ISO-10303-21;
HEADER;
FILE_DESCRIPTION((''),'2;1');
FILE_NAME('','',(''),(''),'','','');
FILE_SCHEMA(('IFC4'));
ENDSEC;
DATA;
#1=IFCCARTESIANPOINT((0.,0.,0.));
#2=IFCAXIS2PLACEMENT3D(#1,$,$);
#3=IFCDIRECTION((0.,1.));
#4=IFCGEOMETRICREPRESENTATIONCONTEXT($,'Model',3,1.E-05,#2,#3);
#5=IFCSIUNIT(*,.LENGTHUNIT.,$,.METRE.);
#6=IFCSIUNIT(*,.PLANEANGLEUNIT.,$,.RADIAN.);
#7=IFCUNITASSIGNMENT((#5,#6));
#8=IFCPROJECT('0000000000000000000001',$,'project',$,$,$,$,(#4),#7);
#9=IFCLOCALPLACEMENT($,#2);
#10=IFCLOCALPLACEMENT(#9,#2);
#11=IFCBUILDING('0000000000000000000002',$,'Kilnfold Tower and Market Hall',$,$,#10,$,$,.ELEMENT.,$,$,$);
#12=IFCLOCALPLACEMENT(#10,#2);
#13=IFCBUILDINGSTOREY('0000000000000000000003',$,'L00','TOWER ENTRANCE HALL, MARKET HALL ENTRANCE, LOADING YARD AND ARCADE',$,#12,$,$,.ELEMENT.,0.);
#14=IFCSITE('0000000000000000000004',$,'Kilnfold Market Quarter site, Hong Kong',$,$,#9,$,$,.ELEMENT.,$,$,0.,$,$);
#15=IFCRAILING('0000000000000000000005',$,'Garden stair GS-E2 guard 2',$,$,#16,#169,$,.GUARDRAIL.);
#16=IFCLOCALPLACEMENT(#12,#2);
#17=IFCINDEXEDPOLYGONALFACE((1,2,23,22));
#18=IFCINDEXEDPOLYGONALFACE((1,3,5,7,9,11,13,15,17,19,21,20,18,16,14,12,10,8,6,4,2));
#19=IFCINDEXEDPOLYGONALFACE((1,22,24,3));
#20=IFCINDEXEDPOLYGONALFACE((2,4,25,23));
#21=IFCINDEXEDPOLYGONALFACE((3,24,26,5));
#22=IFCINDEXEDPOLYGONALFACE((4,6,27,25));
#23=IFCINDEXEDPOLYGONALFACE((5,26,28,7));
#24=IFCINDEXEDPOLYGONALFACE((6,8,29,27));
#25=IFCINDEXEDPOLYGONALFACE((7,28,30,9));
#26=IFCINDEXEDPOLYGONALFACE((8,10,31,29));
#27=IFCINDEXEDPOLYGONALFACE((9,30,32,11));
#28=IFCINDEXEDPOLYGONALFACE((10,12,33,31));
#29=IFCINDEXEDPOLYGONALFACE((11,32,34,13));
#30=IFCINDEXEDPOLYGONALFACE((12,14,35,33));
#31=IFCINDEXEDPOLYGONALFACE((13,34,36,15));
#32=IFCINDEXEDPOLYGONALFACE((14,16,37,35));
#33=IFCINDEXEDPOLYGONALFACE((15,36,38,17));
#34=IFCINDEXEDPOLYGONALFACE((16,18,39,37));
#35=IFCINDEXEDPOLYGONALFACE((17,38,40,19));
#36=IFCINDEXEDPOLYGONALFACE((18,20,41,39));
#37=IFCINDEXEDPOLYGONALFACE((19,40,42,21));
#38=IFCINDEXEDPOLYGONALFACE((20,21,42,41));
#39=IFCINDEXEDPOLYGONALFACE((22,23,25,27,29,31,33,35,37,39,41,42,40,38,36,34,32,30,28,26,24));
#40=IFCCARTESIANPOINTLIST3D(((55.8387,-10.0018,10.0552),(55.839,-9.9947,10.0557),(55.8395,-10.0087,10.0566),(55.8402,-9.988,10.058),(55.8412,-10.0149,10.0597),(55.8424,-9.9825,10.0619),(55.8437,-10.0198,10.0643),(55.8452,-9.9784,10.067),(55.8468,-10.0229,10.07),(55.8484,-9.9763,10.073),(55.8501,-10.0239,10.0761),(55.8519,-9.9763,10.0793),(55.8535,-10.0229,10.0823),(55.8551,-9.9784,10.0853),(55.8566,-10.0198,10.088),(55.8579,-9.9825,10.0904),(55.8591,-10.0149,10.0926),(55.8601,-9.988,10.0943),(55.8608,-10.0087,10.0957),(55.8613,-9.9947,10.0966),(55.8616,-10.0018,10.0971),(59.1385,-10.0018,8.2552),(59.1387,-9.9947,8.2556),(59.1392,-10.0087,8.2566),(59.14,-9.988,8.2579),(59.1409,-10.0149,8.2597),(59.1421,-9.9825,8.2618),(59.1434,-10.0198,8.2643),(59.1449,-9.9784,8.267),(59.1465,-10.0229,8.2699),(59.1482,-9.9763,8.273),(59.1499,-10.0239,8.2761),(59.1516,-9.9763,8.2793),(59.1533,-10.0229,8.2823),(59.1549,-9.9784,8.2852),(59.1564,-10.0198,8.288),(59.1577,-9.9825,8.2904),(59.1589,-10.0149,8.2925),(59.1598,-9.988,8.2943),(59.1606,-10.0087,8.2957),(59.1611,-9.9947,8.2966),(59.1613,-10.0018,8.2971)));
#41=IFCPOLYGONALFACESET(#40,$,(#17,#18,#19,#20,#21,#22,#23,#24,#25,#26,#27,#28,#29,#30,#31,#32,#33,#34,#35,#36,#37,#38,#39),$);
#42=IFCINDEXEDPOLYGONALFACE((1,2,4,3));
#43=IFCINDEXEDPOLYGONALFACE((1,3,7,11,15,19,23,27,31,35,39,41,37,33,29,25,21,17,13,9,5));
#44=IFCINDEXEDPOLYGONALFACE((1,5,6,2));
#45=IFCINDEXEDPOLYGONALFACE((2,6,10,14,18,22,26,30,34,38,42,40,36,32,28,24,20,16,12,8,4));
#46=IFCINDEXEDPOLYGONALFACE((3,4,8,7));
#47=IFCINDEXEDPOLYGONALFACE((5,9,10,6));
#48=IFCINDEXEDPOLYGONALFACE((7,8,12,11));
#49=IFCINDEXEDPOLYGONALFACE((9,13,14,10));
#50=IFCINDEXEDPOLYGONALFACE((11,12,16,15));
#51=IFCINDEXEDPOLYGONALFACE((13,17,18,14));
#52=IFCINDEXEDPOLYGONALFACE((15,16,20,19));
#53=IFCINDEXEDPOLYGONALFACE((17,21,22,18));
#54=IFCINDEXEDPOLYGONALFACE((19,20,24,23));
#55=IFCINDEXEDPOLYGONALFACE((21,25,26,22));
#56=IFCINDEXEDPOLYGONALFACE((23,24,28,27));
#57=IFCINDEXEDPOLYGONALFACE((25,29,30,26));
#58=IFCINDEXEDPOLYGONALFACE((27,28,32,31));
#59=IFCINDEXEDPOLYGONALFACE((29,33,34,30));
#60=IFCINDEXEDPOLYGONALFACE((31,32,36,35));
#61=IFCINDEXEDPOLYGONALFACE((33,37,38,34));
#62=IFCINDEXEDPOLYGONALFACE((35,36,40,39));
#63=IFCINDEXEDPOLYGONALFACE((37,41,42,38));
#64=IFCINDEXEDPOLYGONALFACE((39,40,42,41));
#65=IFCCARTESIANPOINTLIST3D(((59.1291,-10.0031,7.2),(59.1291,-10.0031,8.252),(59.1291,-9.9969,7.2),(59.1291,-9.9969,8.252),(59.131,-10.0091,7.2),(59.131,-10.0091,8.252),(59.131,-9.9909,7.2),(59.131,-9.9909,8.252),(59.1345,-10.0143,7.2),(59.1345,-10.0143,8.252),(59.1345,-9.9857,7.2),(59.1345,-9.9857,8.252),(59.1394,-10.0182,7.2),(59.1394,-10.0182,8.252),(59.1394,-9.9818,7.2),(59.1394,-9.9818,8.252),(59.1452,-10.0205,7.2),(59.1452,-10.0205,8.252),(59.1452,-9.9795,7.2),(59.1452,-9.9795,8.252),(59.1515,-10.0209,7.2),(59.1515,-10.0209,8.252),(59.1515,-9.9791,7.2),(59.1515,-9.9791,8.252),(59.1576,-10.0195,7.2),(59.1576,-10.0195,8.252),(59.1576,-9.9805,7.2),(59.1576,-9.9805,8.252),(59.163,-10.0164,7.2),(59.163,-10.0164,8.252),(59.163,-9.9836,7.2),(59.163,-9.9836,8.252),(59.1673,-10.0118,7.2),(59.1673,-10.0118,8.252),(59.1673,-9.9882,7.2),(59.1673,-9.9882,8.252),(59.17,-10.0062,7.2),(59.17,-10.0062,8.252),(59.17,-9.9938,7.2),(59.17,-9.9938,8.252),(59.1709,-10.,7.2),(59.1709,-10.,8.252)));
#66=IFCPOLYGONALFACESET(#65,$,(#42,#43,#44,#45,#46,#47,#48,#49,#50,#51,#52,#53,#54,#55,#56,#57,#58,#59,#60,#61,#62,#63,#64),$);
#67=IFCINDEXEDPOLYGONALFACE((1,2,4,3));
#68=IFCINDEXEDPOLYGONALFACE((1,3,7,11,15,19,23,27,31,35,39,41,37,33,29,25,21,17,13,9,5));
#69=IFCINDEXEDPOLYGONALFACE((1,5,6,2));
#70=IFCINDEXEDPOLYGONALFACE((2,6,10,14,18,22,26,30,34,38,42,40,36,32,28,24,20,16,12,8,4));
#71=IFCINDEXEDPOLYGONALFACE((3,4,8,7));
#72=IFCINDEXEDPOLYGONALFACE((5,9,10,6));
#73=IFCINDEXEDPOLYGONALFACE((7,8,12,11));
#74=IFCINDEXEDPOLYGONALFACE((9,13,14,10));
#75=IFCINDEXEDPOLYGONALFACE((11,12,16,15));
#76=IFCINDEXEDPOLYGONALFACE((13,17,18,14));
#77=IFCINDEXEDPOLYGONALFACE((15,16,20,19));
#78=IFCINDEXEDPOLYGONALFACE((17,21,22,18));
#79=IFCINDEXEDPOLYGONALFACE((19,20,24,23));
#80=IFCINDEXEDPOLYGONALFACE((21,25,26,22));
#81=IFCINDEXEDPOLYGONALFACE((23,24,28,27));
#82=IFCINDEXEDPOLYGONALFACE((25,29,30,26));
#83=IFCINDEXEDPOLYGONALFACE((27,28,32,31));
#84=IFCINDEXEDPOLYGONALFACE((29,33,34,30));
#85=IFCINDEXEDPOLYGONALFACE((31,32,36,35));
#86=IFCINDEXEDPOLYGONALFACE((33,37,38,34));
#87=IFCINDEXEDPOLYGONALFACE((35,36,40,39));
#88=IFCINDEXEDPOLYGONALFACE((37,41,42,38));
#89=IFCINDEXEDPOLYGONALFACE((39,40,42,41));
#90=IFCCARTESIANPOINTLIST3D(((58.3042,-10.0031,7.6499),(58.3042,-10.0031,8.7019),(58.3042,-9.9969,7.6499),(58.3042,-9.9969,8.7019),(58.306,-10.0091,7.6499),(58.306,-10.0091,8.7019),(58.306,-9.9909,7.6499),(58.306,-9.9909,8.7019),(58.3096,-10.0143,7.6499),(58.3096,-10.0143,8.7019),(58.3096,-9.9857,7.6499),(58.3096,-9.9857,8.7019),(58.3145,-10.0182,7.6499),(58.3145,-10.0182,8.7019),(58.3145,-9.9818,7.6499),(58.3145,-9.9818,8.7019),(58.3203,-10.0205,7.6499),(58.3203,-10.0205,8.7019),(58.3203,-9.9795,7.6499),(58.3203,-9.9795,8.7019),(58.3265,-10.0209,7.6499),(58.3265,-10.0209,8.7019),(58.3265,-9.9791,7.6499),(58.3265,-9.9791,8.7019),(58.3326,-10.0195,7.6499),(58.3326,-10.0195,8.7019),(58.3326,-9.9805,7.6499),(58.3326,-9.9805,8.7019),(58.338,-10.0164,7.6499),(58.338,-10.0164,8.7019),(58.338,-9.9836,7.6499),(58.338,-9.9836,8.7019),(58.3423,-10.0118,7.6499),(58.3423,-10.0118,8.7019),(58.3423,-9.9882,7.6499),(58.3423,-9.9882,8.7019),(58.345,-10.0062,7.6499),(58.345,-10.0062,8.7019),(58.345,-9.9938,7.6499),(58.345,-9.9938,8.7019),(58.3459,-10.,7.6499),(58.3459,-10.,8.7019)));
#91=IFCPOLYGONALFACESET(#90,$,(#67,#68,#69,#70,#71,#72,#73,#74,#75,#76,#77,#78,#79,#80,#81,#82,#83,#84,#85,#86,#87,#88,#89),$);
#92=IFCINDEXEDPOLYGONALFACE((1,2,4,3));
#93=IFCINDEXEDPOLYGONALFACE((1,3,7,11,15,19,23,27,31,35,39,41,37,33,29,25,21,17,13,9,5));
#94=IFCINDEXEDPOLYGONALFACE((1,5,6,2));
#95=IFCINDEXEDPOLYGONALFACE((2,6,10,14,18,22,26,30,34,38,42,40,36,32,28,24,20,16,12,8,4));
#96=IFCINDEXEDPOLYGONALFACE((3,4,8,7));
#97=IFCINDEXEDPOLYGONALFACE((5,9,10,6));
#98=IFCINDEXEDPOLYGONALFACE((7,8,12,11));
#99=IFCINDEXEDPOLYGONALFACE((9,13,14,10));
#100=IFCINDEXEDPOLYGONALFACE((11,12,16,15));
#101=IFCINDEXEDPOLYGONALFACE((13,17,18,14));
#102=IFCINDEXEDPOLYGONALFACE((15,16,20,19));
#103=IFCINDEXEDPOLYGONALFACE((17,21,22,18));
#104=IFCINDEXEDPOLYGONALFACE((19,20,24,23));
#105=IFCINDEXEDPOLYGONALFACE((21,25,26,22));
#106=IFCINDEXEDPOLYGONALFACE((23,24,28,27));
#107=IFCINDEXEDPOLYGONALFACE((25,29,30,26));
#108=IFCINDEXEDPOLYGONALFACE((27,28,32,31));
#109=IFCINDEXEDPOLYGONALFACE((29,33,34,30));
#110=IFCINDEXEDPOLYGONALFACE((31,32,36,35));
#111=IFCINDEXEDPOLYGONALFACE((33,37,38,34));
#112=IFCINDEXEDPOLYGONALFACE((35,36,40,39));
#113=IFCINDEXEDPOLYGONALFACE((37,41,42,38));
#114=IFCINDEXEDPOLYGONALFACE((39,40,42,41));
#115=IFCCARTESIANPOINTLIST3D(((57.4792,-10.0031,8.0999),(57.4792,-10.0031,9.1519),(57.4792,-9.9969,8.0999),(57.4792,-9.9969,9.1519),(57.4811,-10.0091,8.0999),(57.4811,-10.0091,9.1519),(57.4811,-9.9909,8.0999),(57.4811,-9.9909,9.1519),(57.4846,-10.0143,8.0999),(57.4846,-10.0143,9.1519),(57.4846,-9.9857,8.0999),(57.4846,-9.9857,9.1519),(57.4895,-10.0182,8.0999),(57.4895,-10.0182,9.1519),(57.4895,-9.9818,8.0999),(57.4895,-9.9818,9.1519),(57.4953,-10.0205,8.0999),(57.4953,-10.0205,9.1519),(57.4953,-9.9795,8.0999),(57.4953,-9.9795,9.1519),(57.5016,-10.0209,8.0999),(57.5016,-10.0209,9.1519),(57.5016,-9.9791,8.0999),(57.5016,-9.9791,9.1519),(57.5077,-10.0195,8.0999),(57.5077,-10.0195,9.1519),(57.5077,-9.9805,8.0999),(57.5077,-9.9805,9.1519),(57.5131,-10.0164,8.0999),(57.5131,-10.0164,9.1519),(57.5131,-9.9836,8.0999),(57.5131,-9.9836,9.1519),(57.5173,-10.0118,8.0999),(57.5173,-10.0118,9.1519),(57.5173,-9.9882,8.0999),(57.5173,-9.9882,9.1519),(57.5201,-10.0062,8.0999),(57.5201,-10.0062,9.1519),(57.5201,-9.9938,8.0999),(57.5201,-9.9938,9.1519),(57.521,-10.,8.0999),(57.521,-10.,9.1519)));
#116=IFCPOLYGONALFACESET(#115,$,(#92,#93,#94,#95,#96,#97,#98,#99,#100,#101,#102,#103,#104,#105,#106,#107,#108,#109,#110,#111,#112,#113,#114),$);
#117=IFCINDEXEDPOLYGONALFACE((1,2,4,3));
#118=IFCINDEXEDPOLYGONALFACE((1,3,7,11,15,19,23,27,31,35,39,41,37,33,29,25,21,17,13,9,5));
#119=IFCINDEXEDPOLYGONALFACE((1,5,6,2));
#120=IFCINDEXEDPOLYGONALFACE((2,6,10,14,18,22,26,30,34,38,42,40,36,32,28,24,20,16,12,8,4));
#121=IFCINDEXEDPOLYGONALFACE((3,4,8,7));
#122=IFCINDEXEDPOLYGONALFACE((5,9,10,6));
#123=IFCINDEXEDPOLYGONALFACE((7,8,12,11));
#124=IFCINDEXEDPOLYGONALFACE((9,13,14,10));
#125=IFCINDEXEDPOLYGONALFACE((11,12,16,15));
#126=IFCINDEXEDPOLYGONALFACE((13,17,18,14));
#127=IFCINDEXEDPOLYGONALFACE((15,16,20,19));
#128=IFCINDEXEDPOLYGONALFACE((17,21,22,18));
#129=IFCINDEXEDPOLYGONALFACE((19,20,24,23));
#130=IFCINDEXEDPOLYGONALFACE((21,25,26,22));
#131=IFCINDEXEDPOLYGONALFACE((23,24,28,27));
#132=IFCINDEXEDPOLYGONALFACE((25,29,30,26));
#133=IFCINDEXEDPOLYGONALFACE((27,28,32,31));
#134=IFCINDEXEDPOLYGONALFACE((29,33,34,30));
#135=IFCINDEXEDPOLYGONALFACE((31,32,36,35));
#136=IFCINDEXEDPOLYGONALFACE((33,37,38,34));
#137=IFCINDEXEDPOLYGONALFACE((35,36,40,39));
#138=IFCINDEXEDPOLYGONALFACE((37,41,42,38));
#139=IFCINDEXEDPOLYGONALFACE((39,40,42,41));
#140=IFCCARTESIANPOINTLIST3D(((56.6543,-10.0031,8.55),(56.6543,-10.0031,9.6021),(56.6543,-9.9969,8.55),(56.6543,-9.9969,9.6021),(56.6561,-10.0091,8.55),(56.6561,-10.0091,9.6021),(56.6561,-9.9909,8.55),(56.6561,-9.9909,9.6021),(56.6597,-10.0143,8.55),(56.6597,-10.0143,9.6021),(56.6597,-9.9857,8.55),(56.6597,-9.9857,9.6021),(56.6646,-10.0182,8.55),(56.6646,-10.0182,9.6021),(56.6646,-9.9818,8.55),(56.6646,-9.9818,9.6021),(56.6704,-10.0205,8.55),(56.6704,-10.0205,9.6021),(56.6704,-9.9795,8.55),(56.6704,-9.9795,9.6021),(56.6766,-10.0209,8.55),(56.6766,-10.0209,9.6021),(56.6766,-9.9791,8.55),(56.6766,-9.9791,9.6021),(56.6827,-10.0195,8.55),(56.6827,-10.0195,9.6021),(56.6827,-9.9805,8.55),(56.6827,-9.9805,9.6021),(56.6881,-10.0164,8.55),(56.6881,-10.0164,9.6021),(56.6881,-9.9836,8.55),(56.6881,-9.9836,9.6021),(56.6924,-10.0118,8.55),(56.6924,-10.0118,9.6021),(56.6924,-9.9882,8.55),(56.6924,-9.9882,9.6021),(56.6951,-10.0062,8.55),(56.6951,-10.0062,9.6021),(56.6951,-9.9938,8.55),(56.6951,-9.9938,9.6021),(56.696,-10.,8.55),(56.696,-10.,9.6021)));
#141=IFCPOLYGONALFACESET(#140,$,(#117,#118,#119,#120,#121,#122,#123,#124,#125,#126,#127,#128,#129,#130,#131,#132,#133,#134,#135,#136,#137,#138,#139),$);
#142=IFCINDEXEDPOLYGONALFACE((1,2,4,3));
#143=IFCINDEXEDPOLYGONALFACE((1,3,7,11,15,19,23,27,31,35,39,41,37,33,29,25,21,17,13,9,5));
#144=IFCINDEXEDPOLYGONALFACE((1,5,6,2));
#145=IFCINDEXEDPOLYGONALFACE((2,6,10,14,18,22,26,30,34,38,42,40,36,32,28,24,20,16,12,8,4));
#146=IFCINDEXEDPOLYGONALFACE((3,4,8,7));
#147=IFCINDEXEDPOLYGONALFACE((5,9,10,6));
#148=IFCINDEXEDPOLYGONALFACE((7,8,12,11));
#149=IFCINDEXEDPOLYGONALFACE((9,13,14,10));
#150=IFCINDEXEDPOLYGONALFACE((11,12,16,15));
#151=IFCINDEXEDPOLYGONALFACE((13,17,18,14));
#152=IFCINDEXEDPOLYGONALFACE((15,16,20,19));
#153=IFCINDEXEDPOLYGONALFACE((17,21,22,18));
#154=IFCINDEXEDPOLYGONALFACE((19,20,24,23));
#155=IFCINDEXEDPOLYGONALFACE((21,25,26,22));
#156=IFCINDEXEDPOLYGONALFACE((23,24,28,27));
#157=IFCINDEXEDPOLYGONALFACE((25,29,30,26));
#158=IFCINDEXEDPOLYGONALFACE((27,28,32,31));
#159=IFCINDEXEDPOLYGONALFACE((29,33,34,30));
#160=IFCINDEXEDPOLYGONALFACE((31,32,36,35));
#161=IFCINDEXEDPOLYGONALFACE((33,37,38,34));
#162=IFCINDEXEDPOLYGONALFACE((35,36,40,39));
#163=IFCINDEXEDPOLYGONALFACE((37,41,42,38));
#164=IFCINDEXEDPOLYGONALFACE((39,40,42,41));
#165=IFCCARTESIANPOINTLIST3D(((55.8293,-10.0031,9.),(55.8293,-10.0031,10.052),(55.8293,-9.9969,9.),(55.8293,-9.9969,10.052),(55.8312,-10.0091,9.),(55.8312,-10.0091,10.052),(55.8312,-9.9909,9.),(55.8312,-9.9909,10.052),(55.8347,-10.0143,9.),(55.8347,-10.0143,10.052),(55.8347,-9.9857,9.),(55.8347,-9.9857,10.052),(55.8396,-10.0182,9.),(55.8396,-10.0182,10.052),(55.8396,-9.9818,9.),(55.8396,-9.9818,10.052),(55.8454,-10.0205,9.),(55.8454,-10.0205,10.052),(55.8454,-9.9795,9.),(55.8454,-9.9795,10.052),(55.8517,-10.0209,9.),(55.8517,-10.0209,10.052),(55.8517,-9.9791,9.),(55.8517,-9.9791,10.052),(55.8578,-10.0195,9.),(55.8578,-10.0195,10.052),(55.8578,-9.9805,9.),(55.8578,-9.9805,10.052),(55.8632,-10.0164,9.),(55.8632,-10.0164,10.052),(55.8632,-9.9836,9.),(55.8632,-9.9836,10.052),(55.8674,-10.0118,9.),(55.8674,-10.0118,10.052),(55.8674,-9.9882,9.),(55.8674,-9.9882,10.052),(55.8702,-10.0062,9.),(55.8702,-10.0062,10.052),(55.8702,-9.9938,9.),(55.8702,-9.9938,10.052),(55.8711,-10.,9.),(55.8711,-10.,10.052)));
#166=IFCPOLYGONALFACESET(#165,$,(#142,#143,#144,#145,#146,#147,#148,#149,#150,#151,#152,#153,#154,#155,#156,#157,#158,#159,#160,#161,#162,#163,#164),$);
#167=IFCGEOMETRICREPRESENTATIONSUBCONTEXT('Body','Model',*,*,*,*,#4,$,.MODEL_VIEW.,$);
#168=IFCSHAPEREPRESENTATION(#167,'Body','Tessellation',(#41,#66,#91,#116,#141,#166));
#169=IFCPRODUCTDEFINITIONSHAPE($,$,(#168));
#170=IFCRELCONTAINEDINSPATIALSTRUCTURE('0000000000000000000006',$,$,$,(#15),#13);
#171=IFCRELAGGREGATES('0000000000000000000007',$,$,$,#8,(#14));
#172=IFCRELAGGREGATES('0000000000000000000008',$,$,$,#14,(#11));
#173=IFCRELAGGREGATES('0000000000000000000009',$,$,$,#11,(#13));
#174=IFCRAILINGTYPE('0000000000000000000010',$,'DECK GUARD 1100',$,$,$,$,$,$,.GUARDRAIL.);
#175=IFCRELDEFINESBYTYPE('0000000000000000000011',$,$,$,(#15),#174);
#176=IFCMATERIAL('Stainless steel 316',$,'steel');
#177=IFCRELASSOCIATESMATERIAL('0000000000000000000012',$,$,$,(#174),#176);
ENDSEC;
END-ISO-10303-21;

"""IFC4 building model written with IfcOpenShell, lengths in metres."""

from ifc_helpers import new_model, si_unit, direction, frame, origin, origin_2d, place, context, subcontext, project, spatial, circle, extrude, material, type_object, element, save


model = new_model("IFC4")

# Units and contexts
model_context = context("Model", 3, precision=1e-05, world=origin(), true_north=direction((0.0, 1.0)))
body_context = subcontext(model_context, "Body", "Model", "MODEL_VIEW")
ifc_project = project(units=[si_unit("LENGTHUNIT", "METRE"), si_unit("PLANEANGLEUNIT", "RADIAN")], contexts=[model_context])

# Site, building, storey
site_placement = place(None, origin())
site = spatial("IfcSite", under=ifc_project, at=site_placement, Name="Kilnfold Market Quarter site, Hong Kong", CompositionType="ELEMENT", RefElevation=0.0)
building_placement = place(site_placement, origin())
building = spatial("IfcBuilding", under=site, at=building_placement, Name="Kilnfold Tower and Market Hall", CompositionType="ELEMENT")
storey_placement = place(building_placement, origin())
storey = spatial("IfcBuildingStorey", under=building, at=storey_placement, Name="L00", Description="TOWER ENTRANCE HALL, MARKET HALL ENTRANCE, LOADING YARD AND ARCADE", CompositionType="ELEMENT", Elevation=0.0)

# Railing
ifc_material_1 = material(Name="Stainless steel 316", Category="steel")
railing_type_1 = type_object("IfcRailingType", Name="DECK GUARD 1100", PredefinedType="GUARDRAIL", material=ifc_material_1)
railing_1_placement = place(storey_placement, frame((59.1499, -10.0, 7.2)))
element("IfcRailing", 1, at=railing_1_placement, inside=storey, type_object=railing_type_1, Name="Garden stair GS-E2 guard 2", PredefinedType="GUARDRAIL", context=body_context, shape_type="SweptSolid", body=[
    extrude(circle(Radius=0.0239, at=origin_2d()), frame((0.0, 0.0, 1.0762), z_axis=(-0.877878, 0.0, 0.478884), x_axis=(0.0, -1.0, 0.0)), (0.0, 0.0, 1.0), 3.7588),
    extrude(circle(Radius=0.021, at=origin_2d()), origin(), (0.0, 0.0, 1.0), 1.052),
    extrude(circle(Radius=0.021, at=origin_2d()), frame((-0.825, 0.0, 0.45)), (0.0, 0.0, 1.0), 1.052),
    extrude(circle(Radius=0.021, at=origin_2d()), frame((-1.6499, 0.0, 0.8999)), (0.0, 0.0, 1.0), 1.052),
    extrude(circle(Radius=0.021, at=origin_2d()), frame((-2.4749, 0.0, 1.3501)), (0.0, 0.0, 1.0), 1.052),
    extrude(circle(Radius=0.021, at=origin_2d()), frame((-3.2998, 0.0, 1.8)), (0.0, 0.0, 1.0), 1.052),
])

save(model, "model.ifc")
